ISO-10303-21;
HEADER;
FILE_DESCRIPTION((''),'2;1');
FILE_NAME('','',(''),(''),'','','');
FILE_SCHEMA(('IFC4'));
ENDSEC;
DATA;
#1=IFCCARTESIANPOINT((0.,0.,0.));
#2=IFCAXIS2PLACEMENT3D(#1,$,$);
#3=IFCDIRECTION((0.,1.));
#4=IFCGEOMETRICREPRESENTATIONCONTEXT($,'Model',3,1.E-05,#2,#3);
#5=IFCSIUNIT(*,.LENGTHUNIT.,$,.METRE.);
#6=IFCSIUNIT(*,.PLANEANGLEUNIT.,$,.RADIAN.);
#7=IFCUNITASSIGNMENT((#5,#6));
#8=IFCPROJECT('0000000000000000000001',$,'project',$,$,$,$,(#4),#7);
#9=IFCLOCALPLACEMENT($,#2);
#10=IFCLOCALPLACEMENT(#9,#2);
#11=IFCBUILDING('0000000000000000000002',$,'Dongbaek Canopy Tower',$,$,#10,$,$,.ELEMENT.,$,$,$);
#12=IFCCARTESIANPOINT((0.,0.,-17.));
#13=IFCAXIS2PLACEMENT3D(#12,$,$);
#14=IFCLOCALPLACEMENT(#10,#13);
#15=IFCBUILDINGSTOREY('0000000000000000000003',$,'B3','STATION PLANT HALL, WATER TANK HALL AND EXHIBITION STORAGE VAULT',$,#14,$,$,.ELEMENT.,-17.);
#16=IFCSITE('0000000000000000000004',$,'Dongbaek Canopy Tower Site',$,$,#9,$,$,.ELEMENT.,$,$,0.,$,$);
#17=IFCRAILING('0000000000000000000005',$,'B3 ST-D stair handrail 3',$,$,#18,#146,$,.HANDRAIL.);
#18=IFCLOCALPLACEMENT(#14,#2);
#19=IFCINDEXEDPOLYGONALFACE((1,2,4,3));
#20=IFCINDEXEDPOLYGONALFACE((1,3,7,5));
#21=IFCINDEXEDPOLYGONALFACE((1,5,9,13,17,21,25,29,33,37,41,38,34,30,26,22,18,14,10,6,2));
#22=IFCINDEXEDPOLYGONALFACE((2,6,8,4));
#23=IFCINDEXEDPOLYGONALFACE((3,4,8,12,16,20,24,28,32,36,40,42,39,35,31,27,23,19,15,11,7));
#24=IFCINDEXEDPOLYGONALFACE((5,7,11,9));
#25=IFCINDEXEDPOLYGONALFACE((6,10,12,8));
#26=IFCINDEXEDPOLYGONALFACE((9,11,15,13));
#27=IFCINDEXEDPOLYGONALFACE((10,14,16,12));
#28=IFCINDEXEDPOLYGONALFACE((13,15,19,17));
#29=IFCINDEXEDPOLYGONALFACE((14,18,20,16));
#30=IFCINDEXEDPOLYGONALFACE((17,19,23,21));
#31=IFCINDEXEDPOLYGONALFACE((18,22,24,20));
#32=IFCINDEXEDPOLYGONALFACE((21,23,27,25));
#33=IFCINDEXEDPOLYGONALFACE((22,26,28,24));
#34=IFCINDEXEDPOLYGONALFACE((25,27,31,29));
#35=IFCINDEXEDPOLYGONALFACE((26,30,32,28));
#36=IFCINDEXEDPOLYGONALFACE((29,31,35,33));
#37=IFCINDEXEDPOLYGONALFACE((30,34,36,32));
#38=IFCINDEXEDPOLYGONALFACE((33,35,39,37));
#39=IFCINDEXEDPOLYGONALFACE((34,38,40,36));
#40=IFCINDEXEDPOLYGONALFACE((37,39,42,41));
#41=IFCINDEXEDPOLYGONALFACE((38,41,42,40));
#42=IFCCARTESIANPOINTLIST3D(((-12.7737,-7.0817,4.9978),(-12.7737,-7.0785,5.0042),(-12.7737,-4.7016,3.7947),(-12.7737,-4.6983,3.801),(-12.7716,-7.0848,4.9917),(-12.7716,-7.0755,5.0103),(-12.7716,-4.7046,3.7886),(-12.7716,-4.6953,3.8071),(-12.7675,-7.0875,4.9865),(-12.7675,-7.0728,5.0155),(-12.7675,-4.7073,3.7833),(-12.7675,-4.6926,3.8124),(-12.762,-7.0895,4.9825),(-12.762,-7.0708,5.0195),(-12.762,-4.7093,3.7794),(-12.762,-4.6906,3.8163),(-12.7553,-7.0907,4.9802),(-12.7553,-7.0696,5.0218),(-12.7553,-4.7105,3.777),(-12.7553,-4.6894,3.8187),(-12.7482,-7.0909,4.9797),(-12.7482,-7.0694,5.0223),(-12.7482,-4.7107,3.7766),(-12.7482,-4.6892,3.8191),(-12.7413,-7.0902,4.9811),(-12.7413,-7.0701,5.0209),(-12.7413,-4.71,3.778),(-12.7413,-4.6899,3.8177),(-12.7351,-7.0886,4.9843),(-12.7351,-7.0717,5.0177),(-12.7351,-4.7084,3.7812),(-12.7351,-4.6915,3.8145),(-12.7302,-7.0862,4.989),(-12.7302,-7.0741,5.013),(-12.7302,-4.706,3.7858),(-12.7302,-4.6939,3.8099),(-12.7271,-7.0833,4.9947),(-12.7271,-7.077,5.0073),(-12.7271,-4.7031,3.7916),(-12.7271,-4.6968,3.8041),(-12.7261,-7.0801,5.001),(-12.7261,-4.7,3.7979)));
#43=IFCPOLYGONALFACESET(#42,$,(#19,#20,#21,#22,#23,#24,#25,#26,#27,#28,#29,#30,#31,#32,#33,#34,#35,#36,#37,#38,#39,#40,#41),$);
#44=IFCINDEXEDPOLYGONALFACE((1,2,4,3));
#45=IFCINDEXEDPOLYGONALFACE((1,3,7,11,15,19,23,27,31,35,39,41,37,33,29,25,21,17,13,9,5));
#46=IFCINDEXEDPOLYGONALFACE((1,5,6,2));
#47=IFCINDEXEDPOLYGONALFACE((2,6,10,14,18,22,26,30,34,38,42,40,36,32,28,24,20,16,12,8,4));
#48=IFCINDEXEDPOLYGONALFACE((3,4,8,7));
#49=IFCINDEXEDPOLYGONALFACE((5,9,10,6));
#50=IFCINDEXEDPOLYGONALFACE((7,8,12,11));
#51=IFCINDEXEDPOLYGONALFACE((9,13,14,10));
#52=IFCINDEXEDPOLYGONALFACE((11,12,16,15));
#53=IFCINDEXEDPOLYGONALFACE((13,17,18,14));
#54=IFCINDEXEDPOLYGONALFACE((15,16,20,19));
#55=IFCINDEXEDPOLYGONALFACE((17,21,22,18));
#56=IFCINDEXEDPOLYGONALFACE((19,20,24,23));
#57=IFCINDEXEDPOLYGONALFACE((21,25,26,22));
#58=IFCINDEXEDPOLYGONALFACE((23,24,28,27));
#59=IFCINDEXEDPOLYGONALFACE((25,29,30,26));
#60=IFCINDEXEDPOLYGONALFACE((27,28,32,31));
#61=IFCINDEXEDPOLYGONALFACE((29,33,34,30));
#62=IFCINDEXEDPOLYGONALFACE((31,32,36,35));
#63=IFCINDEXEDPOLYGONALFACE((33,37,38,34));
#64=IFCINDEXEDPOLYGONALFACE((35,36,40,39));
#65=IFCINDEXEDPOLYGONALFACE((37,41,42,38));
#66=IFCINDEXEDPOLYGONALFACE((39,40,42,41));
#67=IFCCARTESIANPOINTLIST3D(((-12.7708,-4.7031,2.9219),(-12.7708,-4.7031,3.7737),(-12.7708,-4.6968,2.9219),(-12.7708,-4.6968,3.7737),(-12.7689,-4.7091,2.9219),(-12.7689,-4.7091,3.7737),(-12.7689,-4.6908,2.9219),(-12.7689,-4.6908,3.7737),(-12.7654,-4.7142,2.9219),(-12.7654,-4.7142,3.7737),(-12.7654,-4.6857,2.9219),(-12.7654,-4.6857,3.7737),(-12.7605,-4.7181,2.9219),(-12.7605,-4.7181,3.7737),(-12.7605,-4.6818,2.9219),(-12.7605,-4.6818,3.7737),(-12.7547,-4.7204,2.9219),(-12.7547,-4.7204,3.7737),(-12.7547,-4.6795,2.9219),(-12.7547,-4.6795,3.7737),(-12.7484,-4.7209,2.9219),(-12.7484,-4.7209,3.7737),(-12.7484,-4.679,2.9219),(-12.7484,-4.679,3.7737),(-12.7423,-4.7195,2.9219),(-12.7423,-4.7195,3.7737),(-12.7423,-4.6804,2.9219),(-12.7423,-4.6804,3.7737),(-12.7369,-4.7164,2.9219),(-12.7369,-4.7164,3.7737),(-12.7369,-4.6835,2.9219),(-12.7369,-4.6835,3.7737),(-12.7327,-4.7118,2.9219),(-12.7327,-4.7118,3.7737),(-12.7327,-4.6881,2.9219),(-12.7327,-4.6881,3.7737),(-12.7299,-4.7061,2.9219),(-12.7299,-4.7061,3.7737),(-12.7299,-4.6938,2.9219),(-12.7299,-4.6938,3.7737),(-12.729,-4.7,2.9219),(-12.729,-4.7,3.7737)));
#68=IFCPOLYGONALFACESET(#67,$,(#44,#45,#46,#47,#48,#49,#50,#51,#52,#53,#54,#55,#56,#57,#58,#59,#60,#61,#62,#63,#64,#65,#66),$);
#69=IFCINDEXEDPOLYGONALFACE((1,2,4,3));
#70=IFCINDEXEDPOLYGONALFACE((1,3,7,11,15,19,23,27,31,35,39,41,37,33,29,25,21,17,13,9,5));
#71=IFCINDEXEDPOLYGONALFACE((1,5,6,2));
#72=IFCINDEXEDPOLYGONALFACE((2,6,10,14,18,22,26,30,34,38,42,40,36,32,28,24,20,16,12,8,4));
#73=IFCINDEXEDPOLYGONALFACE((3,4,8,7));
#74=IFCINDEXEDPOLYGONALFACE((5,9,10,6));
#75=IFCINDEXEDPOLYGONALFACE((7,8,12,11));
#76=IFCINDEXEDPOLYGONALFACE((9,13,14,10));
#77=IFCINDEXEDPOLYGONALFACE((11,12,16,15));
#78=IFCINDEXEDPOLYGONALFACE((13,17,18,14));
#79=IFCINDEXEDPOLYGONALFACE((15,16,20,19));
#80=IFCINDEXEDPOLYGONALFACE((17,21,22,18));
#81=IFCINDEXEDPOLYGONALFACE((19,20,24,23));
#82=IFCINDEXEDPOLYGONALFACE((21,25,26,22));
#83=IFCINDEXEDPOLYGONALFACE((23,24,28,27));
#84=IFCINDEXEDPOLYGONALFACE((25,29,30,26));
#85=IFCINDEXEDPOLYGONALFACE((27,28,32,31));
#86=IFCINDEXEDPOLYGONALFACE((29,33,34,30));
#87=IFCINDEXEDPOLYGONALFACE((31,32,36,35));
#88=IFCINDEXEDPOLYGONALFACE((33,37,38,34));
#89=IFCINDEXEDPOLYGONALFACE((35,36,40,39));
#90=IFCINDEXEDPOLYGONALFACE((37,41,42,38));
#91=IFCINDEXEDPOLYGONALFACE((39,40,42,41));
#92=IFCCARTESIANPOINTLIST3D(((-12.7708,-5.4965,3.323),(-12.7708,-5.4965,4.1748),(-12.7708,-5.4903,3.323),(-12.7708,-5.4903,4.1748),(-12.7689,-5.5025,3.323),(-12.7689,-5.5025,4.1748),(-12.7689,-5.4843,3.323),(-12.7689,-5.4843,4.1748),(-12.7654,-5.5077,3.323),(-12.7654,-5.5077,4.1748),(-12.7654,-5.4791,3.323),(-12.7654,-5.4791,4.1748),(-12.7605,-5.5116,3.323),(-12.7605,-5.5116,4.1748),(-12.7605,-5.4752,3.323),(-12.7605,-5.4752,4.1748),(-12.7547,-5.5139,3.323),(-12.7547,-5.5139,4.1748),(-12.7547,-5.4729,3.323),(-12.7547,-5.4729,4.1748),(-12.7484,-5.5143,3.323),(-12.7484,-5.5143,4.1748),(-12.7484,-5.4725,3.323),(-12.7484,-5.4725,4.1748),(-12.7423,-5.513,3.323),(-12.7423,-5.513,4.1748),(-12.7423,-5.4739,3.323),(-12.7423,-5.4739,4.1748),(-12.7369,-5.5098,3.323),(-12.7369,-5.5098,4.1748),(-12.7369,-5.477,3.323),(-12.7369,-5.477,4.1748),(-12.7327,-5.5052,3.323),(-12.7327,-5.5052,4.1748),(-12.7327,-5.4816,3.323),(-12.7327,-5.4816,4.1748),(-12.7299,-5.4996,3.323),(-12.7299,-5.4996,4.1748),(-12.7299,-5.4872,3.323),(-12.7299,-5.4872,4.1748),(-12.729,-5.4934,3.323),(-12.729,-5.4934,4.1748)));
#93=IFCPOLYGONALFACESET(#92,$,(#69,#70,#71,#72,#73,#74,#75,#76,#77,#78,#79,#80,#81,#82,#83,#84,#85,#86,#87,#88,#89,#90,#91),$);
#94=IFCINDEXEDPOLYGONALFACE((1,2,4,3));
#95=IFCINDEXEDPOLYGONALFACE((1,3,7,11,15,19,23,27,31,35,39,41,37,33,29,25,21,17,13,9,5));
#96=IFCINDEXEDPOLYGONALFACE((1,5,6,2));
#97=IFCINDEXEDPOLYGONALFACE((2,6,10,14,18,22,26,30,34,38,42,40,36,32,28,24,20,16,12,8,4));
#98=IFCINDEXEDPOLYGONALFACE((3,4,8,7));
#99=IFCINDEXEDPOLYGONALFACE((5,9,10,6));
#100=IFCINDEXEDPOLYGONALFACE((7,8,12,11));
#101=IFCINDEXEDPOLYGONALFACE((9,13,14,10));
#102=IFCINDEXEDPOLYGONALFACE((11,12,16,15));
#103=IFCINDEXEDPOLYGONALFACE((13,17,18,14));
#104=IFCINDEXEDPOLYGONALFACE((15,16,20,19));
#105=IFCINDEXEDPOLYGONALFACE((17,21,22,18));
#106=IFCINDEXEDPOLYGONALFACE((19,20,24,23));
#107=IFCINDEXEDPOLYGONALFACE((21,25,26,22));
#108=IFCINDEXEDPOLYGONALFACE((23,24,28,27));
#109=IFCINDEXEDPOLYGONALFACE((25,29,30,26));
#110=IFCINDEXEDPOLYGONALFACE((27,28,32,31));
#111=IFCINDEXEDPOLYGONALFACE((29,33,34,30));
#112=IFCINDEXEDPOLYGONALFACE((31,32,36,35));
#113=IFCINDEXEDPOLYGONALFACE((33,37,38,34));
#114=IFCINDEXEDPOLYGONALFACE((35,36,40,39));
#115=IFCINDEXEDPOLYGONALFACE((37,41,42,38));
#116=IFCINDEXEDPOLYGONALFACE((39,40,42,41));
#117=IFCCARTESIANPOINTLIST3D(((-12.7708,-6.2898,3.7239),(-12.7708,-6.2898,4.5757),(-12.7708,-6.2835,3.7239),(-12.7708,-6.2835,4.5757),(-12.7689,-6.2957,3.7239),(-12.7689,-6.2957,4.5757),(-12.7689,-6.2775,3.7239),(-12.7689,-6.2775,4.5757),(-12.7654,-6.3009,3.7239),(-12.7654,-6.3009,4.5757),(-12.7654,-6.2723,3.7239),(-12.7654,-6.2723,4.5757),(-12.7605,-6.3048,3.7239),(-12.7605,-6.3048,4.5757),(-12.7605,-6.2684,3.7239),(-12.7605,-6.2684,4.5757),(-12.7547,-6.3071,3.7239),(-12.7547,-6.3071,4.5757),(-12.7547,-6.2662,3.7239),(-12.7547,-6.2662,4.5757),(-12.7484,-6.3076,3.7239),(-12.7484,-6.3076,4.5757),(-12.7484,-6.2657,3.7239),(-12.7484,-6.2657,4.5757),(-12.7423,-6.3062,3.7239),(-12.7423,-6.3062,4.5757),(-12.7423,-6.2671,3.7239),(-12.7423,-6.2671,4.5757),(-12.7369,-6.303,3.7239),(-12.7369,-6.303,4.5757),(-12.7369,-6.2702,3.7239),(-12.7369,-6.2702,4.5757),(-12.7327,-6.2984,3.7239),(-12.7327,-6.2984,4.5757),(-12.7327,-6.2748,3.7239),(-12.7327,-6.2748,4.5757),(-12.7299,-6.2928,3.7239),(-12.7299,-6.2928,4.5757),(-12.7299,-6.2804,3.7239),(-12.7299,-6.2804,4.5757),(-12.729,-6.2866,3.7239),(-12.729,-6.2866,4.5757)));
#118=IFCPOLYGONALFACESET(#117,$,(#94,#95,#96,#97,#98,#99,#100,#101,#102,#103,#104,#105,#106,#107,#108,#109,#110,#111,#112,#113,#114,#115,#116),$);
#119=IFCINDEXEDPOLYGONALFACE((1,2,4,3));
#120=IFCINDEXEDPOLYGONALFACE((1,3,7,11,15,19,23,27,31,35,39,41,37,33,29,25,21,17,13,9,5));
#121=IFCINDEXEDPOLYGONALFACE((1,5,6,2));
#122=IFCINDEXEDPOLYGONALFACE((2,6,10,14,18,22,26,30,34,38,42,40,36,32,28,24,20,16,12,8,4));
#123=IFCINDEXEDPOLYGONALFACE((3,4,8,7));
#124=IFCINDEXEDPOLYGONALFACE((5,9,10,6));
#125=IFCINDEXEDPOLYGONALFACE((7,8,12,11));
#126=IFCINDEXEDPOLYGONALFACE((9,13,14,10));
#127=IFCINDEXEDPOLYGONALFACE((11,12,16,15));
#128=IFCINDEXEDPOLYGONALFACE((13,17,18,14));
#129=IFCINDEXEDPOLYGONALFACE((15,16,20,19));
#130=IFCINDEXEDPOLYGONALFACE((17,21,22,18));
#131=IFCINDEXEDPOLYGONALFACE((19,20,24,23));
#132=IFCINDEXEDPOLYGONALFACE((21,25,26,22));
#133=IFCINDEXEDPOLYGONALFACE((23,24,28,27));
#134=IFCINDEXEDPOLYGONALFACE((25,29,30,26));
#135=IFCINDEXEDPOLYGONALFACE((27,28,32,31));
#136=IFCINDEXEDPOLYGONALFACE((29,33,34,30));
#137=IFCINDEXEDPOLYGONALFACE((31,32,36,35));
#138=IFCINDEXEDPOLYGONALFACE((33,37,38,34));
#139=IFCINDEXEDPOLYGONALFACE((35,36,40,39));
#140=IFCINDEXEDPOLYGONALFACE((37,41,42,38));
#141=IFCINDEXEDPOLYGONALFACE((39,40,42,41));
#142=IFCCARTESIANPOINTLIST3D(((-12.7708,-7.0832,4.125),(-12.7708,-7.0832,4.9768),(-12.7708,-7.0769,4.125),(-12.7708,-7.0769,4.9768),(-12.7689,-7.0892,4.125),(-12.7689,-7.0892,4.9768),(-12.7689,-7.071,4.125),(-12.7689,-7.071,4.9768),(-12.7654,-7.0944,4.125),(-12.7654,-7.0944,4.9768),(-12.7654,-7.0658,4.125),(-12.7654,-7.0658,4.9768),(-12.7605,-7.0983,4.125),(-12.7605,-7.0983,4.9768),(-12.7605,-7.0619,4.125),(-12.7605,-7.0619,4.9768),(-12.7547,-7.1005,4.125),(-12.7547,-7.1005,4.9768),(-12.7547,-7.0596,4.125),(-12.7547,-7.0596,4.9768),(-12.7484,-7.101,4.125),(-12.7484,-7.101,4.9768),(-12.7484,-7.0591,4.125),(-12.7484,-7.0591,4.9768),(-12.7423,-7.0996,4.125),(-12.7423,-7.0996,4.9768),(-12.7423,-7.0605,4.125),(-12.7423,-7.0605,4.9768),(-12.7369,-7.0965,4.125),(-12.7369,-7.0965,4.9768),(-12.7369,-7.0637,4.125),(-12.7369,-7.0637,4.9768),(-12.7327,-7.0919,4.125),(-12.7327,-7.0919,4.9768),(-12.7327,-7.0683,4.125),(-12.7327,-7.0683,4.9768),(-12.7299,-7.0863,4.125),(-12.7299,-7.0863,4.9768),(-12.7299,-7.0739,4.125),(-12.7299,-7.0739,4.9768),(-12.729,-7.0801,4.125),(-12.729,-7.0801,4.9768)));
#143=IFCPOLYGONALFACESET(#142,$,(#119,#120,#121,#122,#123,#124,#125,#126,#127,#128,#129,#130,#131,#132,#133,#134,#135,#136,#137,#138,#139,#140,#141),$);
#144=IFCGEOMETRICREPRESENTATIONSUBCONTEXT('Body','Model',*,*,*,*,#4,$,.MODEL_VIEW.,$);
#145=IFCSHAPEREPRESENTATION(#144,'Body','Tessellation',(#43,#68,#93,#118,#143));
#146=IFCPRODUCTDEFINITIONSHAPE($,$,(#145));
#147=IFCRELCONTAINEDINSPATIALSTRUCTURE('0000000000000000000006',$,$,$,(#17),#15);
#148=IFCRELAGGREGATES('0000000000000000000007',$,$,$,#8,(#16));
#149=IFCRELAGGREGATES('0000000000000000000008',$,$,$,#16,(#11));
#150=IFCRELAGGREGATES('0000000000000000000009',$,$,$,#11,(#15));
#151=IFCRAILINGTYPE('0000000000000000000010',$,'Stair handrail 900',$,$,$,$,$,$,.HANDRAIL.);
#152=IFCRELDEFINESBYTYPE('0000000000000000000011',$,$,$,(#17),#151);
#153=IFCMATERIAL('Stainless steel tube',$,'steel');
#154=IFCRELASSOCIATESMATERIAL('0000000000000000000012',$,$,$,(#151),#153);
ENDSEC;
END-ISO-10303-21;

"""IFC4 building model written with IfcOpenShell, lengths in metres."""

from ifc_helpers import new_model, si_unit, direction, frame, origin, origin_2d, place, context, subcontext, project, spatial, circle, extrude, material, type_object, element, save


model = new_model("IFC4")

# Units and contexts
model_context = context("Model", 3, precision=1e-05, world=origin(), true_north=direction((0.0, 1.0)))
body_context = subcontext(model_context, "Body", "Model", "MODEL_VIEW")
ifc_project = project(units=[si_unit("LENGTHUNIT", "METRE"), si_unit("PLANEANGLEUNIT", "RADIAN")], contexts=[model_context])

# Site, building, storey
site_placement = place(None, origin())
site = spatial("IfcSite", under=ifc_project, at=site_placement, Name="Dongbaek Canopy Tower Site", CompositionType="ELEMENT", RefElevation=0.0)
building_placement = place(site_placement, origin())
building = spatial("IfcBuilding", under=site, at=building_placement, Name="Dongbaek Canopy Tower", CompositionType="ELEMENT")
storey_placement = place(building_placement, frame((0.0, 0.0, -17.0)))
storey = spatial("IfcBuildingStorey", under=building, at=storey_placement, Name="B3", Description="STATION PLANT HALL, WATER TANK HALL AND EXHIBITION STORAGE VAULT", CompositionType="ELEMENT", Elevation=-17.0)

# Railing
ifc_material_1 = material(Name="Stainless steel tube", Category="steel")
railing_type_1 = type_object("IfcRailingType", Name="Stair handrail 900", PredefinedType="HANDRAIL", material=ifc_material_1)
railing_1_placement = place(storey_placement, frame((-12.75, -4.7, 2.9219)))
element("IfcRailing", 1, at=railing_1_placement, inside=storey, type_object=railing_type_1, Name="B3 ST-D stair handrail 3", PredefinedType="HANDRAIL", context=body_context, shape_type="SweptSolid", body=[
    extrude(circle(Radius=0.0239, at=origin_2d()), frame((0.0, 0.0, 0.876), z_axis=(0.0, -0.89246, 0.451127), x_axis=(1.0, 0.0, 0.0)), (0.0, 0.0, 1.0), 2.667),
    extrude(circle(Radius=0.021, at=origin_2d()), origin(), (0.0, 0.0, 1.0), 0.8518),
    extrude(circle(Radius=0.021, at=origin_2d()), frame((0.0, -0.7935, 0.4011)), (0.0, 0.0, 1.0), 0.8518),
    extrude(circle(Radius=0.021, at=origin_2d()), frame((0.0, -1.5867, 0.802)), (0.0, 0.0, 1.0), 0.8518),
    extrude(circle(Radius=0.021, at=origin_2d()), frame((0.0, -2.3801, 1.2031)), (0.0, 0.0, 1.0), 0.8518),
])

save(model, "model.ifc")
